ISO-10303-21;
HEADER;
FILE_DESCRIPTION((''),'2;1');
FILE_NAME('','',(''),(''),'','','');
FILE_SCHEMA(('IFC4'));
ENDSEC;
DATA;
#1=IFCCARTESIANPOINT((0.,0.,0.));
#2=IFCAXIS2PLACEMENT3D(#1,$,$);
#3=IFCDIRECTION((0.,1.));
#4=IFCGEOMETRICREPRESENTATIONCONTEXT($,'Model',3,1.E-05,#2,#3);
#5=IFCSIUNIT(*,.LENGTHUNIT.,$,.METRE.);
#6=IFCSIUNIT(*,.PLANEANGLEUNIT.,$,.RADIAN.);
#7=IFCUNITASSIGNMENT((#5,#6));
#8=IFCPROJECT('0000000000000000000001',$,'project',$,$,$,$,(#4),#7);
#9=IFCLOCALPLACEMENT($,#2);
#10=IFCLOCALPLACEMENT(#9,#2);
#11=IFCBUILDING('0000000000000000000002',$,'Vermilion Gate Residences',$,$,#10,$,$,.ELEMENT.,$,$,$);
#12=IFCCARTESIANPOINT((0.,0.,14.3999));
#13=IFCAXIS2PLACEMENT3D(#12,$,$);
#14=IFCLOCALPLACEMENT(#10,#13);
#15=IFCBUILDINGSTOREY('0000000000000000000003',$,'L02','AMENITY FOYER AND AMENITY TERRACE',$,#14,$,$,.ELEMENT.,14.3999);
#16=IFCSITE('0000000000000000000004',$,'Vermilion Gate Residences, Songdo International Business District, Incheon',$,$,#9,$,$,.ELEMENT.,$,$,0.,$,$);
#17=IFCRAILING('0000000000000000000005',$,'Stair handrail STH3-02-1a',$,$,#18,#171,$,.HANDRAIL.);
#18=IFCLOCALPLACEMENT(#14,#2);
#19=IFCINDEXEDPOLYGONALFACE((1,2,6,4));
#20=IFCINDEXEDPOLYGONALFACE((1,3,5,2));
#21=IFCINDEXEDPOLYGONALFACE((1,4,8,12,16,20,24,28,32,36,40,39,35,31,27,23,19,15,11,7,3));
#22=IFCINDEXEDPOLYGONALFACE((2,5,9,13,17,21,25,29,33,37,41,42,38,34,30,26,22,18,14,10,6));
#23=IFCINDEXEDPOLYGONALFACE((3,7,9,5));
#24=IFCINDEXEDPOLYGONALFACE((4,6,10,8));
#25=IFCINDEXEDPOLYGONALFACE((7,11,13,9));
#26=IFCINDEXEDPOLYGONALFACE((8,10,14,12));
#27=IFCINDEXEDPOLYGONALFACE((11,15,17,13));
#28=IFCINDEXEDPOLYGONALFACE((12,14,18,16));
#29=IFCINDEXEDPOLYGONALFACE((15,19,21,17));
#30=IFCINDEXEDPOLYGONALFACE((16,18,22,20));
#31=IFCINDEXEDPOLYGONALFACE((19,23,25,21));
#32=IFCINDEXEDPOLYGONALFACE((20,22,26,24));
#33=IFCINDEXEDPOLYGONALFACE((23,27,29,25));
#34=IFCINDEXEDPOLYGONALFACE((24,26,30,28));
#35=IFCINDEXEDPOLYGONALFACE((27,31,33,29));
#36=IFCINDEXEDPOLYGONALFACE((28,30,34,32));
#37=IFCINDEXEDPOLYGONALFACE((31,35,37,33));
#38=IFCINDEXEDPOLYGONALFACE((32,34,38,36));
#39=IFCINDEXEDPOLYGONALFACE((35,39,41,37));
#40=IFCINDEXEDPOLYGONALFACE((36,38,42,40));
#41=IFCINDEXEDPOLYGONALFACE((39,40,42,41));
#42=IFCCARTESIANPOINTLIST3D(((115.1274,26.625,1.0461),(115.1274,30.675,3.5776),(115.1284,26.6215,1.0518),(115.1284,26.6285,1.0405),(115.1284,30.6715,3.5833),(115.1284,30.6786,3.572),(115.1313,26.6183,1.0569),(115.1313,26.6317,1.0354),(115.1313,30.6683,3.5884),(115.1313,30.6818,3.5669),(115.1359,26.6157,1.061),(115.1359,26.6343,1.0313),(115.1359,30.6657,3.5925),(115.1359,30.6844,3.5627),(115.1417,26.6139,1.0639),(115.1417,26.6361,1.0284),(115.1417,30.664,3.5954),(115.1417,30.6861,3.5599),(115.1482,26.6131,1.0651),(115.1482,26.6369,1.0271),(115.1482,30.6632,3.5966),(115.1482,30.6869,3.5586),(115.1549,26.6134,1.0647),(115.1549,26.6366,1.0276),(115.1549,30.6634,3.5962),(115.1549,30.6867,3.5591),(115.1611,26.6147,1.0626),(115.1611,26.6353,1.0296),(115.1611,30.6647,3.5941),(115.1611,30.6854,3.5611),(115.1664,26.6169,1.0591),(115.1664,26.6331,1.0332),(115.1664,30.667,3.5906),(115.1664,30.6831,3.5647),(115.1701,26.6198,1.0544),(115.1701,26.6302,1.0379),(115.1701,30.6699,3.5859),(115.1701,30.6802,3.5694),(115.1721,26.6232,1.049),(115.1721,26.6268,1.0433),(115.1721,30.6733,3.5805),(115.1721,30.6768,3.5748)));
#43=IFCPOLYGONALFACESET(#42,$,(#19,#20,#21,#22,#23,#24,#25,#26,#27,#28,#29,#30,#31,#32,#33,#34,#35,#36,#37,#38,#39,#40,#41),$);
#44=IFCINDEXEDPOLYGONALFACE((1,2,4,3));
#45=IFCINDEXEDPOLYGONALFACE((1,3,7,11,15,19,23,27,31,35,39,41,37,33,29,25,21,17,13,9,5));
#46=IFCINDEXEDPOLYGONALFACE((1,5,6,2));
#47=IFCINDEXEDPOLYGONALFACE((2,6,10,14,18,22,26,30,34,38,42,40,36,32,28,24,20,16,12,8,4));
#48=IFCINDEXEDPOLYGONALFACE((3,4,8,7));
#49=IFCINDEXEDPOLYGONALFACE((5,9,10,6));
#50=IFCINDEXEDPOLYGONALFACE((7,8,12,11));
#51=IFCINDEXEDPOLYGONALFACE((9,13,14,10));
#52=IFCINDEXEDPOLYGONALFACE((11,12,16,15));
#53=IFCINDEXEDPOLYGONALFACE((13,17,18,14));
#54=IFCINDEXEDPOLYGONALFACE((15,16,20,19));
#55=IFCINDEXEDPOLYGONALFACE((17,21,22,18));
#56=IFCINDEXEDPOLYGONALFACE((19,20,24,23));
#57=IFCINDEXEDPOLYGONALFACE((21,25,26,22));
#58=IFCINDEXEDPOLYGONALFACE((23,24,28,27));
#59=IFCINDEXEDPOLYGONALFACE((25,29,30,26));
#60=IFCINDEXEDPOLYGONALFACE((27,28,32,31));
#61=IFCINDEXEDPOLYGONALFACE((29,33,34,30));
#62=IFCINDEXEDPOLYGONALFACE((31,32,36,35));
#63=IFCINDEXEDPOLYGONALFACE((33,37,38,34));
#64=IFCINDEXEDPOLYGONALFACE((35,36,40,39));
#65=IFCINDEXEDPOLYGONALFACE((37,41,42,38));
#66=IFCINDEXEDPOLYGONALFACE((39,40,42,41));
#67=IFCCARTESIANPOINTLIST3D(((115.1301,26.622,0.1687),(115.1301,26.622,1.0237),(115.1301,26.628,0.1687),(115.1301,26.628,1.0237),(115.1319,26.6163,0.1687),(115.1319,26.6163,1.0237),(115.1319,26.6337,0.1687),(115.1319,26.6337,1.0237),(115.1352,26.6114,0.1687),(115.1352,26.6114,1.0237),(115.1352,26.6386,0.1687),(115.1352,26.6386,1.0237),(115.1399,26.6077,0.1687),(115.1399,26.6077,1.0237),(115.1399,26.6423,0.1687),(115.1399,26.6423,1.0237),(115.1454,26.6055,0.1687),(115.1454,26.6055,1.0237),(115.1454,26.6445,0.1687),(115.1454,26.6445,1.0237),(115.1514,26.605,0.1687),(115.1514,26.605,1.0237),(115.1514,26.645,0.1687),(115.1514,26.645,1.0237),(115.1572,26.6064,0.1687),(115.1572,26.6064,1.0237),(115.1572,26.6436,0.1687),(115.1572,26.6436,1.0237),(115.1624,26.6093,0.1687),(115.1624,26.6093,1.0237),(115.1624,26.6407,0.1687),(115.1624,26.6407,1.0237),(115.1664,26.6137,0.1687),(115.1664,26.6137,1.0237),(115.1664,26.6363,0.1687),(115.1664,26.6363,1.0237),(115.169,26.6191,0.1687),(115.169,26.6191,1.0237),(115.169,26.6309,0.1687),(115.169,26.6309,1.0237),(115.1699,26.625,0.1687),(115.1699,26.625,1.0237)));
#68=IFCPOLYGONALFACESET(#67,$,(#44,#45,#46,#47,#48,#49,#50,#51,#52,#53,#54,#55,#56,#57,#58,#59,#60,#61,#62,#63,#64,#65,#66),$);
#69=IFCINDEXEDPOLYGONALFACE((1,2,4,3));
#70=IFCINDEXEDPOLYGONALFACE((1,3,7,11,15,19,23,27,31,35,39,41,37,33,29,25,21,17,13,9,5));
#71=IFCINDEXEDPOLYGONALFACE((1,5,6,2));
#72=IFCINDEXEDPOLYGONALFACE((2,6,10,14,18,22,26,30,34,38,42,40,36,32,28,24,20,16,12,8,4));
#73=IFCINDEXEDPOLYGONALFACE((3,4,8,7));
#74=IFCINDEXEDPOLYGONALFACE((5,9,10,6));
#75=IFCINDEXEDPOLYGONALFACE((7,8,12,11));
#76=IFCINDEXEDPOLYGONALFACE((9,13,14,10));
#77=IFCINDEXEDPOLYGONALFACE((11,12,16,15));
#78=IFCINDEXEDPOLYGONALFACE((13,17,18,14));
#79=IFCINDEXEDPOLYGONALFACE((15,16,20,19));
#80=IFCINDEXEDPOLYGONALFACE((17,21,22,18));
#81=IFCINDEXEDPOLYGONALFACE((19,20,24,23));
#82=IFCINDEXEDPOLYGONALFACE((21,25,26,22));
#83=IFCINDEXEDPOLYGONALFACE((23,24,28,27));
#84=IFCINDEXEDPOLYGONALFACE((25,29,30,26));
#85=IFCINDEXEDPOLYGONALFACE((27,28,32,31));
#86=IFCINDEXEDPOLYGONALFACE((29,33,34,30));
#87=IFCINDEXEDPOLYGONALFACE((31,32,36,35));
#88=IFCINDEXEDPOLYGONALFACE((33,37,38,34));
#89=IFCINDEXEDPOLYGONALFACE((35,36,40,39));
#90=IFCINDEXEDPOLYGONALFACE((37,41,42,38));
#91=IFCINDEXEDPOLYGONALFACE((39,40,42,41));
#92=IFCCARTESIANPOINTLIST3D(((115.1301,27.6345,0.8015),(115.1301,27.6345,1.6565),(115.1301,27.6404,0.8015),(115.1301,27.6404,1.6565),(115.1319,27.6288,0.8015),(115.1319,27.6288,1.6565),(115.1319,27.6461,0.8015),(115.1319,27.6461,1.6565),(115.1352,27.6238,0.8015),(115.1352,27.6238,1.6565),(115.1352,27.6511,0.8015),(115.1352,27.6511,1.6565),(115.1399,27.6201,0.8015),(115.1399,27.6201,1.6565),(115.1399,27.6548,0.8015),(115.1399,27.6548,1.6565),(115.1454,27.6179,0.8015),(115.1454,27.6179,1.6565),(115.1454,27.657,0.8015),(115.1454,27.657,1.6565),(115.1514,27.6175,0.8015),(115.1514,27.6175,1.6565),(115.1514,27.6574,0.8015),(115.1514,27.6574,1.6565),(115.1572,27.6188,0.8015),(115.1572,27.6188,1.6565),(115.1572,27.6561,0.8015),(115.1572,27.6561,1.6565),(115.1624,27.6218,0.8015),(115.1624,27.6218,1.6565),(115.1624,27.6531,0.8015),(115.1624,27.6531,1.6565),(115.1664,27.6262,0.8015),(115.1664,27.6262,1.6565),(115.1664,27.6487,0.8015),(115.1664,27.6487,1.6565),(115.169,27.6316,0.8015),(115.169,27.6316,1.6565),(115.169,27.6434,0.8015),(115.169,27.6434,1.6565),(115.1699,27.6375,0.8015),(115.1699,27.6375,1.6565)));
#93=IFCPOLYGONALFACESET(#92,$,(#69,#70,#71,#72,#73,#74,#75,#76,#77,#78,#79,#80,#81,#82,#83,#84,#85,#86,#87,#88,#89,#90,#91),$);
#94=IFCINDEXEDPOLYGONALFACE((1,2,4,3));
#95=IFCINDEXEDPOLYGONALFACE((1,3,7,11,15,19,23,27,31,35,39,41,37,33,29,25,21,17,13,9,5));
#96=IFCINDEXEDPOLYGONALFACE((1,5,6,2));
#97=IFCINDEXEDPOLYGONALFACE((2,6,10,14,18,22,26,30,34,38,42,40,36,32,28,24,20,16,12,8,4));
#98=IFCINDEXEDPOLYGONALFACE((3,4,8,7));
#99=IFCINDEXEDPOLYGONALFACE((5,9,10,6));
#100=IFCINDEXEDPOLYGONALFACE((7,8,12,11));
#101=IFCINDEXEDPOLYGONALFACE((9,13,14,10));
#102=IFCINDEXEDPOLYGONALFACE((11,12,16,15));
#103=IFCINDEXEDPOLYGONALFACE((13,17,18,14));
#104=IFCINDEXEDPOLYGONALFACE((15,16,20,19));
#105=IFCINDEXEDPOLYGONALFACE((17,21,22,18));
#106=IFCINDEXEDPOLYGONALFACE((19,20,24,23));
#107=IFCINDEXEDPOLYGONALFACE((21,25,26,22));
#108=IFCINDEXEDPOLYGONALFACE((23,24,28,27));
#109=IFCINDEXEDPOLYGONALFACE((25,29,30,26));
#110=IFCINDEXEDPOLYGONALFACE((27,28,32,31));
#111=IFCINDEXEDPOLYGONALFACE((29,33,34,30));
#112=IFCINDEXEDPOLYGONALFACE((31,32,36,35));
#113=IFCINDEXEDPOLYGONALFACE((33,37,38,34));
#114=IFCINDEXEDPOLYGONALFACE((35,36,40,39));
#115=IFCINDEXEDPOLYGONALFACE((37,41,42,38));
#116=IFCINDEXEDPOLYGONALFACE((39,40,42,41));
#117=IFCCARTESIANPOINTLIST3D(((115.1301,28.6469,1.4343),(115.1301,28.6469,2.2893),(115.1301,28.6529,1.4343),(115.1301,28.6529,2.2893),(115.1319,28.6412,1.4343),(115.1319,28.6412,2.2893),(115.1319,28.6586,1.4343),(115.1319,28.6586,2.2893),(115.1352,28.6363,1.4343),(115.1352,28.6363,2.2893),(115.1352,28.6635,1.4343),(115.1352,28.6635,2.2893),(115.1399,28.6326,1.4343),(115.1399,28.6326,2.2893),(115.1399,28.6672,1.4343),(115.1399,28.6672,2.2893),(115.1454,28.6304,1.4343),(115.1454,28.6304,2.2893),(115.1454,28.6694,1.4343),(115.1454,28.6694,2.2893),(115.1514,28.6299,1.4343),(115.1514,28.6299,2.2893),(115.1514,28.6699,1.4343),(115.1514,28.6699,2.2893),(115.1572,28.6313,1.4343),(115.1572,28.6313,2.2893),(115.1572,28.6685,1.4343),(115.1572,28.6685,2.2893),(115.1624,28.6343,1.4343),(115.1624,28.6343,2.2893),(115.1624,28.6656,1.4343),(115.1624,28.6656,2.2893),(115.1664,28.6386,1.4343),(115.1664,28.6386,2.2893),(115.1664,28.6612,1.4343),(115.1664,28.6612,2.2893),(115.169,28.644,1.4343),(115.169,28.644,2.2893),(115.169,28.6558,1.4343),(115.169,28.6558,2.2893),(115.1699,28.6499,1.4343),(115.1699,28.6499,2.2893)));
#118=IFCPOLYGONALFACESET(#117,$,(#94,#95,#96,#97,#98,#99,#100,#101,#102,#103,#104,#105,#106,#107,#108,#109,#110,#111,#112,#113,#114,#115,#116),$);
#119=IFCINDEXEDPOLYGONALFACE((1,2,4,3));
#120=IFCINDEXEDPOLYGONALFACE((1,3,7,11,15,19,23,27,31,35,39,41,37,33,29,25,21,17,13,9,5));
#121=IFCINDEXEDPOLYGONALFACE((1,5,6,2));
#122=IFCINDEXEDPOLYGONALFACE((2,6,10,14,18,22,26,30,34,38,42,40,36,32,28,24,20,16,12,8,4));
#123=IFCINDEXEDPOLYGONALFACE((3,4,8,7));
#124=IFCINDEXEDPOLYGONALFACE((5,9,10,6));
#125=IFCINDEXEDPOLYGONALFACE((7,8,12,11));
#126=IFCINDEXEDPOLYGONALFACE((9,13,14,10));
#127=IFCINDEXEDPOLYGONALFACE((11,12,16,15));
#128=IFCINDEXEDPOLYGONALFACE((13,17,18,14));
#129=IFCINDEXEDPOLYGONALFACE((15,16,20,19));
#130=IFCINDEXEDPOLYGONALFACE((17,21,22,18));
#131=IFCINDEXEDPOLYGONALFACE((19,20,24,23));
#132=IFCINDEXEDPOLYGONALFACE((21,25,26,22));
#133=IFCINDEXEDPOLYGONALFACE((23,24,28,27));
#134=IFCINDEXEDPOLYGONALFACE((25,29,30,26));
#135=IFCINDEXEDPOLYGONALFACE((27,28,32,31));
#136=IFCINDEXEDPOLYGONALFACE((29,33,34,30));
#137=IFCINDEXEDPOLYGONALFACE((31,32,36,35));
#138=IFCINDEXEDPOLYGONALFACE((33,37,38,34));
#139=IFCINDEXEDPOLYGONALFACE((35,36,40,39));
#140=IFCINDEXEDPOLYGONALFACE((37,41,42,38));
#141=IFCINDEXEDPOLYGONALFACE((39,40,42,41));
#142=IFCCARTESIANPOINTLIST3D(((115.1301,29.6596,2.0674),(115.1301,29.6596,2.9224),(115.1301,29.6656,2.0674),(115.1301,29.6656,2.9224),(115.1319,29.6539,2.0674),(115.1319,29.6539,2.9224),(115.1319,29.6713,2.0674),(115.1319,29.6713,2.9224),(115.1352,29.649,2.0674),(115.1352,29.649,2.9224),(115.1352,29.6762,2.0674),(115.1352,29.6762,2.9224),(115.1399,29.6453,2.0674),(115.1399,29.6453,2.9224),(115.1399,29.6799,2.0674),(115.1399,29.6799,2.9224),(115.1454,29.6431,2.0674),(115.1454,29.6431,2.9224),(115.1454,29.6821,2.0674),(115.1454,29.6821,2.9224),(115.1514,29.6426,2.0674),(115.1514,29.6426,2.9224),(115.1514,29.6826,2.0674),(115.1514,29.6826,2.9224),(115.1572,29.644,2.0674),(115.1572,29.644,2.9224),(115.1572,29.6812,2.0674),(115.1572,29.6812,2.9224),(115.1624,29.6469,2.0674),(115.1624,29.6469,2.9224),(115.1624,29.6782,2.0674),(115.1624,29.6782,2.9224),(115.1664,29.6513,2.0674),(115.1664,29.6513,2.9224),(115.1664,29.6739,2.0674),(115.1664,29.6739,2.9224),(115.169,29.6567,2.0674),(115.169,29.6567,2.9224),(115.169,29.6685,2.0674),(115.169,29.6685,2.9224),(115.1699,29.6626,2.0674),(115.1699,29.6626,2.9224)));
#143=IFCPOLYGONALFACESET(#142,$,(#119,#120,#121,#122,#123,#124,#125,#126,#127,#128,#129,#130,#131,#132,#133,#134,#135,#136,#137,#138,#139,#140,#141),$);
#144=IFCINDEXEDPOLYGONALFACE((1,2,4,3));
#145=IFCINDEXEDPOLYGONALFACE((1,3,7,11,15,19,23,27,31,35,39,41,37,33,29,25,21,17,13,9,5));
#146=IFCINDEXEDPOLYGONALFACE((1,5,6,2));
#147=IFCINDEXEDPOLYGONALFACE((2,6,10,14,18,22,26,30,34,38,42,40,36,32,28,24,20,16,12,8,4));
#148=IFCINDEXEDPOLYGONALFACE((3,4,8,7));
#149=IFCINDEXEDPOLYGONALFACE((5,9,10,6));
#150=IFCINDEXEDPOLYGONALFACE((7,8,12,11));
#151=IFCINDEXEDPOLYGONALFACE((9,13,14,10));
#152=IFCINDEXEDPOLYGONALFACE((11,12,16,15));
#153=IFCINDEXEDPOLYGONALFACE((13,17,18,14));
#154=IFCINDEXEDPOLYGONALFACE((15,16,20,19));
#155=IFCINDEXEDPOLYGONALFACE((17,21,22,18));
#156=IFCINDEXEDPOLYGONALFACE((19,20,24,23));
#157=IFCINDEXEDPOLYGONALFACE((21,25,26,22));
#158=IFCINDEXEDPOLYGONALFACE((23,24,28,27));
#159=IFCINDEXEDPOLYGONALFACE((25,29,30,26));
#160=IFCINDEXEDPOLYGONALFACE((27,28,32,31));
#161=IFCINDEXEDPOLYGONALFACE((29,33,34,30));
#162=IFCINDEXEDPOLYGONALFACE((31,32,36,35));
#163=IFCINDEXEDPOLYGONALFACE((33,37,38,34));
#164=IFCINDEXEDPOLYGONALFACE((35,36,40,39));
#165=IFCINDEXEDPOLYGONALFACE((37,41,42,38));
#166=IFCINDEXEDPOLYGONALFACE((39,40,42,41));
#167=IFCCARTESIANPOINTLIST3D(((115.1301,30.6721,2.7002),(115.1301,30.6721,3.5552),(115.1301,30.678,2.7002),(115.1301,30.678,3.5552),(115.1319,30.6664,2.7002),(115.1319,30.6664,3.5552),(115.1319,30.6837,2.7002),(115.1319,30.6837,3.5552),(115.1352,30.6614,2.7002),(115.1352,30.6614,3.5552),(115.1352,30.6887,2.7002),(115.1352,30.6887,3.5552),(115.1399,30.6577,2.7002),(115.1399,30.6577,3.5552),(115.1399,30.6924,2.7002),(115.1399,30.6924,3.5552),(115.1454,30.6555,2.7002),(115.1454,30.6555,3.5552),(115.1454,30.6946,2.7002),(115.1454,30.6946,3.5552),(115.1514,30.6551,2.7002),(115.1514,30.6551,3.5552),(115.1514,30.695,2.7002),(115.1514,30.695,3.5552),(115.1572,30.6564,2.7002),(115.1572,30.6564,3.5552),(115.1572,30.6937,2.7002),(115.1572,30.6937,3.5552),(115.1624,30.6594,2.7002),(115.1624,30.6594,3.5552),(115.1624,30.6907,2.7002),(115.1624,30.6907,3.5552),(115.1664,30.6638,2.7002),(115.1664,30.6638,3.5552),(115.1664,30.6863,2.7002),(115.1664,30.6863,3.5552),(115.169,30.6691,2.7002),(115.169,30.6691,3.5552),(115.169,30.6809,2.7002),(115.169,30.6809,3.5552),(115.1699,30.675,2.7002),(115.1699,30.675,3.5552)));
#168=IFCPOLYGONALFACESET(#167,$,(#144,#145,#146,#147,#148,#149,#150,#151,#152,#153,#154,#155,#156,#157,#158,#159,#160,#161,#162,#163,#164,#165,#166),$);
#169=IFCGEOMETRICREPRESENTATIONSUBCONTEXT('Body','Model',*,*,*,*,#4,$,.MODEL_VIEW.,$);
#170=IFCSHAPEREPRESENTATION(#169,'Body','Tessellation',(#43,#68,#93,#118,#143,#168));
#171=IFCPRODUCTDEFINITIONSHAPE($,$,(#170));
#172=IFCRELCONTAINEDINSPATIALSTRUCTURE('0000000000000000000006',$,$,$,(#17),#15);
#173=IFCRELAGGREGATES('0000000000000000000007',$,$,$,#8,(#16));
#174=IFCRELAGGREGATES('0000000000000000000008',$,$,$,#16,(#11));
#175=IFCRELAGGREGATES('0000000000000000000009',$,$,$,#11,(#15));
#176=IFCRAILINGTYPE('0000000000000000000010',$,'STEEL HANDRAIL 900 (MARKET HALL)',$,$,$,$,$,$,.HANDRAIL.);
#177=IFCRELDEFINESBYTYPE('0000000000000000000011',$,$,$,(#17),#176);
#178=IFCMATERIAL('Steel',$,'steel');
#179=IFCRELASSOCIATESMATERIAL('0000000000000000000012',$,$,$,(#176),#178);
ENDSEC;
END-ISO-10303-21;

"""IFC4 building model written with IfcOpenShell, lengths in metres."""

from ifc_helpers import new_model, si_unit, direction, frame, origin, origin_2d, place, context, subcontext, project, spatial, circle, extrude, material, type_object, element, save


model = new_model("IFC4")

# Units and contexts
model_context = context("Model", 3, precision=1e-05, world=origin(), true_north=direction((0.0, 1.0)))
body_context = subcontext(model_context, "Body", "Model", "MODEL_VIEW")
ifc_project = project(units=[si_unit("LENGTHUNIT", "METRE"), si_unit("PLANEANGLEUNIT", "RADIAN")], contexts=[model_context])

# Site, building, storey
site_placement = place(None, origin())
site = spatial("IfcSite", under=ifc_project, at=site_placement, Name="Vermilion Gate Residences, Songdo International Business District, Incheon", CompositionType="ELEMENT", RefElevation=0.0)
building_placement = place(site_placement, origin())
building = spatial("IfcBuilding", under=site, at=building_placement, Name="Vermilion Gate Residences", CompositionType="ELEMENT")
storey_placement = place(building_placement, frame((0.0, 0.0, 14.3999)))
storey = spatial("IfcBuildingStorey", under=building, at=storey_placement, Name="L02", Description="AMENITY FOYER AND AMENITY TERRACE", CompositionType="ELEMENT", Elevation=14.3999)

# Railing
ifc_material_1 = material(Name="Steel", Category="steel")
railing_type_1 = type_object("IfcRailingType", Name="STEEL HANDRAIL 900 (MARKET HALL)", PredefinedType="HANDRAIL", material=ifc_material_1)
for number, where, name in (
    (1, (115.1499, 26.625, 0.1687), "Stair handrail STH3-02-1a"),
):
    element("IfcRailing", number, at=place(storey_placement, frame(where)), inside=storey, type_object=railing_type_1, Name=name, PredefinedType="HANDRAIL", context=body_context, shape_type="SweptSolid", body=[
        extrude(circle(Radius=0.0225, at=origin_2d()), frame((0.0, 0.0, 0.8774), z_axis=(0.0, 0.847978, 0.530031), x_axis=(-1.0, 0.0, 0.0)), (0.0, 0.0, 1.0), 4.7761),
        extrude(circle(Radius=0.02, at=origin_2d()), origin(), (0.0, 0.0, 1.0), 0.855),
        extrude(circle(Radius=0.02, at=origin_2d()), frame((0.0, 1.0125, 0.6328)), (0.0, 0.0, 1.0), 0.855),
        extrude(circle(Radius=0.02, at=origin_2d()), frame((0.0, 2.0249, 1.2656)), (0.0, 0.0, 1.0), 0.855),
        extrude(circle(Radius=0.02, at=origin_2d()), frame((0.0, 3.0376, 1.8987)), (0.0, 0.0, 1.0), 0.855),
        extrude(circle(Radius=0.02, at=origin_2d()), frame((0.0, 4.05, 2.5315)), (0.0, 0.0, 1.0), 0.855),
    ])

save(model, "model.ifc")
